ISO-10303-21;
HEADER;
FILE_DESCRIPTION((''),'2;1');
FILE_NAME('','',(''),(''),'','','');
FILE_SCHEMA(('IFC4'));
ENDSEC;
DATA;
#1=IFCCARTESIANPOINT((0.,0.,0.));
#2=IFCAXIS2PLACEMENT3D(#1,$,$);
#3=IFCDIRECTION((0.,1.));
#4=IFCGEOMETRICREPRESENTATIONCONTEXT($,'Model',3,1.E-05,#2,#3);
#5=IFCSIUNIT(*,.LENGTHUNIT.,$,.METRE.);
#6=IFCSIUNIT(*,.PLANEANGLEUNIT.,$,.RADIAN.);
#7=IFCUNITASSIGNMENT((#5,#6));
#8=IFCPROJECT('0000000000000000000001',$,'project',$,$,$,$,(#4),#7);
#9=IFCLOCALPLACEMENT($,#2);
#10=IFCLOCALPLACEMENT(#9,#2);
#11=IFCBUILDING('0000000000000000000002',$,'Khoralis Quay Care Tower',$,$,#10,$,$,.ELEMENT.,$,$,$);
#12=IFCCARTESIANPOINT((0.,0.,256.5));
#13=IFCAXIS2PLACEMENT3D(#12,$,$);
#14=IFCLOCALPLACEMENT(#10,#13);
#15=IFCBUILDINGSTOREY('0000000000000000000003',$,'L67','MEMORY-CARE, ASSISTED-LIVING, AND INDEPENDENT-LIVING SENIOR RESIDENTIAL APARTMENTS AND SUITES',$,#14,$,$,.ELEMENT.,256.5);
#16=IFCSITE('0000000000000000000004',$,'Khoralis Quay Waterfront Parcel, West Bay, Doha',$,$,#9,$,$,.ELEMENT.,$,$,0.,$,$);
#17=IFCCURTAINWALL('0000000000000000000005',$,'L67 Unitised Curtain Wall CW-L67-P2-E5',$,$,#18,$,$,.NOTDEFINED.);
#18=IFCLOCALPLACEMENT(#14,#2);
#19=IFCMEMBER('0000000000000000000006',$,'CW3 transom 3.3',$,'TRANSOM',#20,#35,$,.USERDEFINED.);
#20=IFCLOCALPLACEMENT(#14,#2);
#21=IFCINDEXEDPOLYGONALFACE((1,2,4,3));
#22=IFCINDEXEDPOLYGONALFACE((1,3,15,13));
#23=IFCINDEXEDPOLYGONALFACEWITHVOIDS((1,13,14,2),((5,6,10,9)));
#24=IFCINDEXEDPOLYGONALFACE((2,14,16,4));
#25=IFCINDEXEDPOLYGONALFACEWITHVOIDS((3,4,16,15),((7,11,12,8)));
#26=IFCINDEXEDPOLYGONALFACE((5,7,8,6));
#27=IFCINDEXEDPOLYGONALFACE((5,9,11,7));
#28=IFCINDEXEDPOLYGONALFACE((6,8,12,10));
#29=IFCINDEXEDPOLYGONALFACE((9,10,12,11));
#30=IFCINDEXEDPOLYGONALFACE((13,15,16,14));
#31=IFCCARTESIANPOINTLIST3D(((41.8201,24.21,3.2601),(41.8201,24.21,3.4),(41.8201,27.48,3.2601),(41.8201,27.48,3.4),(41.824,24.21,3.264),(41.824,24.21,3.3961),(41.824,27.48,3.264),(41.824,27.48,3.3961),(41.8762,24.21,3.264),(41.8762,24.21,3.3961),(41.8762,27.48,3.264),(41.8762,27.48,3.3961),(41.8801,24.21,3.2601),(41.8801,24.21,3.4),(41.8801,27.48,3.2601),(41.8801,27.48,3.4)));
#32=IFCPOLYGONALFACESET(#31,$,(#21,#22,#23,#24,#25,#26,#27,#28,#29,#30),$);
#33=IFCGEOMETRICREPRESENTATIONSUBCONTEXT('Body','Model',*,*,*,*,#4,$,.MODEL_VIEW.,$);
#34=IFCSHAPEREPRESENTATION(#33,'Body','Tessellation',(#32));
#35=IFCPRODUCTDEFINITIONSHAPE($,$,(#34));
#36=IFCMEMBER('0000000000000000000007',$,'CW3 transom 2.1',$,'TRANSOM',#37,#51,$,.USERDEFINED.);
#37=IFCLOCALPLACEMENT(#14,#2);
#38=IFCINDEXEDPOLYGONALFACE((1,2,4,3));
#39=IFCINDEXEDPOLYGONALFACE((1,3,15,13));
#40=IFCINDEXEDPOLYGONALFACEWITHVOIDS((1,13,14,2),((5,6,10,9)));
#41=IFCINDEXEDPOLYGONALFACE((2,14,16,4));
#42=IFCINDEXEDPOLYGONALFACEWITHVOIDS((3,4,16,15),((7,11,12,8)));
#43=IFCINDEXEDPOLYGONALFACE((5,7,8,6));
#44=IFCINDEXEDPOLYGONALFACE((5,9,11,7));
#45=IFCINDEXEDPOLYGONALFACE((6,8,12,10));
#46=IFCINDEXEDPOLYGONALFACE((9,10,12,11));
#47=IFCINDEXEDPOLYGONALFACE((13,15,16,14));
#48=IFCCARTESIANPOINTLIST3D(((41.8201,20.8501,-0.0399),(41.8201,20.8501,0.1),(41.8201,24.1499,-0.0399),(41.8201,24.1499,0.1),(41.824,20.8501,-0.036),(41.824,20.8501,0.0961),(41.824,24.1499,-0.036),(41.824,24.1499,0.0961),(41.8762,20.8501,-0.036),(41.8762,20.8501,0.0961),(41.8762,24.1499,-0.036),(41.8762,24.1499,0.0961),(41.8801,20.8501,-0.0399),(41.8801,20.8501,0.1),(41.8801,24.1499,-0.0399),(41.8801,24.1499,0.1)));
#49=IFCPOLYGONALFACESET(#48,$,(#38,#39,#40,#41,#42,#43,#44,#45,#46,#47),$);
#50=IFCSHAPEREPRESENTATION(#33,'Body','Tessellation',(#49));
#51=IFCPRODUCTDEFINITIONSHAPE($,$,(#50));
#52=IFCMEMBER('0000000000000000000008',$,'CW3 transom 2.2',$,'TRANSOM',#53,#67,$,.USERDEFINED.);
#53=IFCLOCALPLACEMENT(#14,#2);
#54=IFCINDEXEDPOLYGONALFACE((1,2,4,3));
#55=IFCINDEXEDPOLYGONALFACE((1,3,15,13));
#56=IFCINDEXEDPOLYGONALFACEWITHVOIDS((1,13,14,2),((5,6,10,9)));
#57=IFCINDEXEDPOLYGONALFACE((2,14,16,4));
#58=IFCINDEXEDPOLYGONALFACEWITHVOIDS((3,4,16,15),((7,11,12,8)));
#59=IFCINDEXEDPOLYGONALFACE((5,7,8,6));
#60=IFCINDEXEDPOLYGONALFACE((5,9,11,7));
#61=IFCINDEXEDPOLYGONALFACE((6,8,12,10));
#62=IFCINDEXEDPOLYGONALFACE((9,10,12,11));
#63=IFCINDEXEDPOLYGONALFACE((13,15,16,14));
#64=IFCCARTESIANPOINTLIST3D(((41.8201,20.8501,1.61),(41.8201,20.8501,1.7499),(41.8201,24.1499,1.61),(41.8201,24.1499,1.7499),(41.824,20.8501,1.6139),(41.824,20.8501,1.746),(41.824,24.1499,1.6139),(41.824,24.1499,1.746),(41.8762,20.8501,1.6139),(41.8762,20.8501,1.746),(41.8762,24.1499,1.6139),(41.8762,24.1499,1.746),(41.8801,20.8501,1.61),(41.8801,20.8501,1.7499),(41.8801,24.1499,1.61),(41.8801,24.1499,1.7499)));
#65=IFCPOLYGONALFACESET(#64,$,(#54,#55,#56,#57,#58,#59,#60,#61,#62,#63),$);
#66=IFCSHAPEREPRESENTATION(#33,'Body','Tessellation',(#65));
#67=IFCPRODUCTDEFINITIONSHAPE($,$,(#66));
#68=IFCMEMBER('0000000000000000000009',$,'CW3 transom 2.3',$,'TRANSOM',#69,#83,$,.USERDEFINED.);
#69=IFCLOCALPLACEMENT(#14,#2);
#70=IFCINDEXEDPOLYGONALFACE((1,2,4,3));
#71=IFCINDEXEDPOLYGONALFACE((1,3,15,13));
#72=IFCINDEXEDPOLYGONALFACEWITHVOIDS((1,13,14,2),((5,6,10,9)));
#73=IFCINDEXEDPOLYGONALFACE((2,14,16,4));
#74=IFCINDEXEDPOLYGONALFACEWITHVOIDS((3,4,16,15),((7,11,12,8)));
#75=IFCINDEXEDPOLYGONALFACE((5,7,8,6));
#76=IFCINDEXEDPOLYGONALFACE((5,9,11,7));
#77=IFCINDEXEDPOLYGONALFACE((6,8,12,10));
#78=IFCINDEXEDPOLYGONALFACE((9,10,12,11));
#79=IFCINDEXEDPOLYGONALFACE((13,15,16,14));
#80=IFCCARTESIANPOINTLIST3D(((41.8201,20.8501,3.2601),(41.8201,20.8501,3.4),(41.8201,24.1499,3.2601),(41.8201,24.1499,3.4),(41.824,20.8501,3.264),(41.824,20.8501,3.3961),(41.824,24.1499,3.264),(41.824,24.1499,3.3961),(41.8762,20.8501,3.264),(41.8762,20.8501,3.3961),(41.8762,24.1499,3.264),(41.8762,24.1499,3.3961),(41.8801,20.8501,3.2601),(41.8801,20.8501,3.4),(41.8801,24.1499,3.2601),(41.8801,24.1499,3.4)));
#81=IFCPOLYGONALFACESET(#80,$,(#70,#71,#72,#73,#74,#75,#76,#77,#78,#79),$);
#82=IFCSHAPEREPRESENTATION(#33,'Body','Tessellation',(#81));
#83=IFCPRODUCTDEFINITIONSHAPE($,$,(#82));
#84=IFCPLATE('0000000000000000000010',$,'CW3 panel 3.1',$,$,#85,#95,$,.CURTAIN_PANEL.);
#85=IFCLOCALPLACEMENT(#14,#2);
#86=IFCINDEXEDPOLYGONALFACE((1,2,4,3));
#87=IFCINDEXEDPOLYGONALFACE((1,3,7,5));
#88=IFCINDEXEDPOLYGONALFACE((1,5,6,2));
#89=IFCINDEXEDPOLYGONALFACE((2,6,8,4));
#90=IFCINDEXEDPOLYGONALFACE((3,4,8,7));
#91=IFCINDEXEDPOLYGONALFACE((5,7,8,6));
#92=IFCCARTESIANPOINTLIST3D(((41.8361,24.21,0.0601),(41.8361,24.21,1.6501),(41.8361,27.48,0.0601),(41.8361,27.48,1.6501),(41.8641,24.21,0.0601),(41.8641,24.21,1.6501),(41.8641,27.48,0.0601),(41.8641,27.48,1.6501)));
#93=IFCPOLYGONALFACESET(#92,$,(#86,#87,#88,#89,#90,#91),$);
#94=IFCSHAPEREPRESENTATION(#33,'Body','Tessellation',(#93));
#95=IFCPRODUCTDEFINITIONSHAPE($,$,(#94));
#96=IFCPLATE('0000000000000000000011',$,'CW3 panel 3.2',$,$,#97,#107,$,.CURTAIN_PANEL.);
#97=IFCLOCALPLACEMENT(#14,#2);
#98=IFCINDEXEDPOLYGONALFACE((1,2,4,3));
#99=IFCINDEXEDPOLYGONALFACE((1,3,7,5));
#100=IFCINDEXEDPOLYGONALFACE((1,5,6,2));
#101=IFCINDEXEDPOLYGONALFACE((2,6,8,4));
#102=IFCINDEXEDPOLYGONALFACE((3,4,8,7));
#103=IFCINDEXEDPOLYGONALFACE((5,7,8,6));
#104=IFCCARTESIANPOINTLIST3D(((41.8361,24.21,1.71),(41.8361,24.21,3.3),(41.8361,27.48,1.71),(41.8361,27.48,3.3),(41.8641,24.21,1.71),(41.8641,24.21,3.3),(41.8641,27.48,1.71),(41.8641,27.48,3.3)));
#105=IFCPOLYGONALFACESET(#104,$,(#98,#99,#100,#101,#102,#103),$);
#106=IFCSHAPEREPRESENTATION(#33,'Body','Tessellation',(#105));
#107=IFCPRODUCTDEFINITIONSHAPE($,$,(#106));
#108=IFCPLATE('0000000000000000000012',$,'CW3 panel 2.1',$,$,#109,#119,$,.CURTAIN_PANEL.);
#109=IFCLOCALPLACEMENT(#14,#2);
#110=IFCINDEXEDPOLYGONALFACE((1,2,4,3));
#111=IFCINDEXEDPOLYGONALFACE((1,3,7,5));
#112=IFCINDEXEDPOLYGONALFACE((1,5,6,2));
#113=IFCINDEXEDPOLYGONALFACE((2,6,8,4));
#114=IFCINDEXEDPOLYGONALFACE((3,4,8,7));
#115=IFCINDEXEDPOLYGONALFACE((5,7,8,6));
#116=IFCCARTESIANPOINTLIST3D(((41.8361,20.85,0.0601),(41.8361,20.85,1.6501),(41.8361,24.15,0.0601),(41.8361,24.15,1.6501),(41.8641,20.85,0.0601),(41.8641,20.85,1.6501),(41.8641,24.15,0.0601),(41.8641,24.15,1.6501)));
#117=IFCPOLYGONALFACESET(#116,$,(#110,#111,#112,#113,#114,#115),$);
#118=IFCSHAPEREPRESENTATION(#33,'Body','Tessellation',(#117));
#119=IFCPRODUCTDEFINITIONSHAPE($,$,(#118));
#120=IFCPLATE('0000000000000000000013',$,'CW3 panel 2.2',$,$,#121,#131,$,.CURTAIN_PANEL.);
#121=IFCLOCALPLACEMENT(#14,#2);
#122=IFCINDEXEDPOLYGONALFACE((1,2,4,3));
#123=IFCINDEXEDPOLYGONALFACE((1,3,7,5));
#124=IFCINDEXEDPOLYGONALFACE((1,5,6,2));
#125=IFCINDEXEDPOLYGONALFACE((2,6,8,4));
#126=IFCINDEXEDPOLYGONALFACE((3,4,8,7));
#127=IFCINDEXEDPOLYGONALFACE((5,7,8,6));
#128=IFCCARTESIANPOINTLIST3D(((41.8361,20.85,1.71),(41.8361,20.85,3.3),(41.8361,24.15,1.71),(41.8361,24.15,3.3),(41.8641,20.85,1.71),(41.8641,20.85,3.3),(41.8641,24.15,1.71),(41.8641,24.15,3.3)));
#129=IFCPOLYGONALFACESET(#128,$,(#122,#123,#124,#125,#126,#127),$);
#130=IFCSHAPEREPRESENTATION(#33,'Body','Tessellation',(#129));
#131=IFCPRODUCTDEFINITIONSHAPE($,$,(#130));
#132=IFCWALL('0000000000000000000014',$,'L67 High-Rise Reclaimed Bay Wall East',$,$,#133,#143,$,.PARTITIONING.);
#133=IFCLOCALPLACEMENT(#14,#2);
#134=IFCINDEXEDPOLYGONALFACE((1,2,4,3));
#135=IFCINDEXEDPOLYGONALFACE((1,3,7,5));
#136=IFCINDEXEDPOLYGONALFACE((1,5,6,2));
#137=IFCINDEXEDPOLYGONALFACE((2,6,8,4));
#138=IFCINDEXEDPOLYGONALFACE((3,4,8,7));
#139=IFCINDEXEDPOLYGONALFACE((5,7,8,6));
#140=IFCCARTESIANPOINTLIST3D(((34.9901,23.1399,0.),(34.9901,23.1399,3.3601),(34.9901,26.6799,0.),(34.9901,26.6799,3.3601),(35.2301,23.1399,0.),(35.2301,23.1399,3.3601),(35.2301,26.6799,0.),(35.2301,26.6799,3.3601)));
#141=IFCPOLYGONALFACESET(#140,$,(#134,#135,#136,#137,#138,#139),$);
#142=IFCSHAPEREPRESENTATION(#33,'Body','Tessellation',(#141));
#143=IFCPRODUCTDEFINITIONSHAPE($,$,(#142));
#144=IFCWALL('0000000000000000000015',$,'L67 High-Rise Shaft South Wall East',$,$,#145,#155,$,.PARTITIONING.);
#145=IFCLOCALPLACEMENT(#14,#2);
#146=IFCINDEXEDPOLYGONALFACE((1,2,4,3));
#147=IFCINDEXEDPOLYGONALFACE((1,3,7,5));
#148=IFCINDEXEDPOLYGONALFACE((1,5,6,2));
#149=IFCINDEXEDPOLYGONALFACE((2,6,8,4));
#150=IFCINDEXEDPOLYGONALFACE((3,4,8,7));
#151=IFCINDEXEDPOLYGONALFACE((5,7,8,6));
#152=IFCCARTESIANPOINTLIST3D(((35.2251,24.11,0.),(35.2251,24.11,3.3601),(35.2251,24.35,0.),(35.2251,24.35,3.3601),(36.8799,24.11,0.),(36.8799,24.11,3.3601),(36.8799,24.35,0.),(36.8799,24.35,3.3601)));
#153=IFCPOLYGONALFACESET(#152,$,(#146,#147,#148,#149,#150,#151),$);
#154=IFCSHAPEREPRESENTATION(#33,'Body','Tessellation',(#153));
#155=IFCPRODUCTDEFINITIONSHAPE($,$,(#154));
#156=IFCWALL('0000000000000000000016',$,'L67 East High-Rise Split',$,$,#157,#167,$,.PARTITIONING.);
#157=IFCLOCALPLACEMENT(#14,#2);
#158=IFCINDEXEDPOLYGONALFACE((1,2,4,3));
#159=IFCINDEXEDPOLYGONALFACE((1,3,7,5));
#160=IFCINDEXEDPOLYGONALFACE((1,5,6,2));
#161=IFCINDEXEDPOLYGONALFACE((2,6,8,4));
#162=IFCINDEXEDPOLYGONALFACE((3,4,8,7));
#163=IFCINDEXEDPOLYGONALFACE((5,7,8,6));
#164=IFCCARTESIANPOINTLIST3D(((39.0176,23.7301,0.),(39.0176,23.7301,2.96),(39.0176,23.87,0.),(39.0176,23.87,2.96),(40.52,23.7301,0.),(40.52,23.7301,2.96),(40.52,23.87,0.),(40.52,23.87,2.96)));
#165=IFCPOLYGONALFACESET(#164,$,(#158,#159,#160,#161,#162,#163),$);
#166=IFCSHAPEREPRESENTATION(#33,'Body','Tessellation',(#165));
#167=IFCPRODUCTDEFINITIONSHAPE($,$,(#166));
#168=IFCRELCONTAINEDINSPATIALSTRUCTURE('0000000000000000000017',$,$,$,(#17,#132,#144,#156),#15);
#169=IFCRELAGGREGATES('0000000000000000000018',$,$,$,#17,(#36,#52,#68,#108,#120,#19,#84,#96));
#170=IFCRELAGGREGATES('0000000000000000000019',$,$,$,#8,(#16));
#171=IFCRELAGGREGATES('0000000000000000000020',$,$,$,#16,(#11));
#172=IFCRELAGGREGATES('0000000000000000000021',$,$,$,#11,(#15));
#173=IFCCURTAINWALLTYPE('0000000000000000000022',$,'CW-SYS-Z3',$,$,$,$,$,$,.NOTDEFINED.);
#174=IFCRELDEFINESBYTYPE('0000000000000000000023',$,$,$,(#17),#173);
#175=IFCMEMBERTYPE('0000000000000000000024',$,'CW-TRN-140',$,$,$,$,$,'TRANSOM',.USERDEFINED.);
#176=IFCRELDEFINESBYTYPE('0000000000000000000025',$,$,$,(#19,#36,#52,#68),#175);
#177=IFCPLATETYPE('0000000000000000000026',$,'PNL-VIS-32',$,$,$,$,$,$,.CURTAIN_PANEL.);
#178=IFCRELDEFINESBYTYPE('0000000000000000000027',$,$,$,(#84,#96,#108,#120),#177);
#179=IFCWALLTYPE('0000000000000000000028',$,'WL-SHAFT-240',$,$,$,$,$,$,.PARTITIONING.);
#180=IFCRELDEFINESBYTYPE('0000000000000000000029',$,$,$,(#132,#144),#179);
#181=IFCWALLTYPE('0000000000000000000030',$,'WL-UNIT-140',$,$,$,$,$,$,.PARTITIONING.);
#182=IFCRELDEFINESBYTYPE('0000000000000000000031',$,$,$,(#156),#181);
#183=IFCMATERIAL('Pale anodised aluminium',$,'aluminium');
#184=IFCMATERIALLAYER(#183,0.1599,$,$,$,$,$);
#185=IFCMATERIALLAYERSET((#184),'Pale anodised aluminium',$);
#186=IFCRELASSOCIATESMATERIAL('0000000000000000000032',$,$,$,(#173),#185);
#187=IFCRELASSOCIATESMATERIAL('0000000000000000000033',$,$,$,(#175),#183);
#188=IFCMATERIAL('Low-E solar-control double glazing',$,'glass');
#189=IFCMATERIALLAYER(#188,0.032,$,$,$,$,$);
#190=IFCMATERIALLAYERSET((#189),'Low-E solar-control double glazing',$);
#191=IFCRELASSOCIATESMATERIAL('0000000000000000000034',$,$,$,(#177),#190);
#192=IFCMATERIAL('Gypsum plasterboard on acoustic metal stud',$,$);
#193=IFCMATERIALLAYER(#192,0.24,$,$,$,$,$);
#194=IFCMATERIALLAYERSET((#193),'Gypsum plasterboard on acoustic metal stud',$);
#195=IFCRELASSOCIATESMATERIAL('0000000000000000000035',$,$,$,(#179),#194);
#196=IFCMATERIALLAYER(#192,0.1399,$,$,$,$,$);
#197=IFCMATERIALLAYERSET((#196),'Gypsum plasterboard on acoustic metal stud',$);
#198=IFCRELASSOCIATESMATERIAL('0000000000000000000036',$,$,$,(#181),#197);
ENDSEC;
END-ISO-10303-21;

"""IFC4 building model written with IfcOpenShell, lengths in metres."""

from ifc_helpers import new_model, si_unit, direction, frame, frame_2d, origin, origin_2d, place, context, subcontext, project, spatial, rectangle, hollow_rectangle, extrude, source, transform, mapped, material, layer, layer_set, material_profile, profile_set, type_object, element, aggregate, save


model = new_model("IFC4")

# Units and contexts
model_context = context("Model", 3, precision=1e-05, world=origin(), true_north=direction((0.0, 1.0)))
body_context = subcontext(model_context, "Body", "Model", "MODEL_VIEW")
ifc_project = project(units=[si_unit("LENGTHUNIT", "METRE"), si_unit("PLANEANGLEUNIT", "RADIAN")], contexts=[model_context])

# Site, building, storey
site_placement = place(None, origin())
site = spatial("IfcSite", under=ifc_project, at=site_placement, Name="Khoralis Quay Waterfront Parcel, West Bay, Doha", CompositionType="ELEMENT", RefElevation=0.0)
building_placement = place(site_placement, origin())
building = spatial("IfcBuilding", under=site, at=building_placement, Name="Khoralis Quay Care Tower", CompositionType="ELEMENT")
storey_placement = place(building_placement, frame((0.0, 0.0, 256.5)))
storey = spatial("IfcBuildingStorey", under=building, at=storey_placement, Name="L67", Description="MEMORY-CARE, ASSISTED-LIVING, AND INDEPENDENT-LIVING SENIOR RESIDENTIAL APARTMENTS AND SUITES", CompositionType="ELEMENT", Elevation=256.5)

# Curtain wall, members, plates
ifc_material_1 = material(Name="Pale anodised aluminium", Category="aluminium")
ifc_layer_1 = layer(ifc_material_1, 0.1599)
ifc_layer_set_1 = layer_set([ifc_layer_1], Name="Pale anodised aluminium")
curtain_wall_type = type_object("IfcCurtainWallType", Name="CW-SYS-Z3", PredefinedType="NOTDEFINED", material=ifc_layer_set_1)
curtain_wall_placement = place(storey_placement, origin())
curtain_wall = element("IfcCurtainWall", 1, at=curtain_wall_placement, inside=storey, type_object=curtain_wall_type, Name="L67 Unitised Curtain Wall CW-L67-P2-E5", PredefinedType="NOTDEFINED")
ifc_material_profile_1 = material_profile(ifc_material_1, hollow_rectangle(XDim=0.0601, YDim=0.1399, WallThickness=0.0039, at=origin_2d()), Name="Pale anodised aluminium")
ifc_profile_set_1 = profile_set([ifc_material_profile_1], Name="Pale anodised aluminium")
member_type_1 = type_object("IfcMemberType", Name="CW-TRN-140", ElementType="TRANSOM", PredefinedType="USERDEFINED", material=ifc_profile_set_1)
shared_shape_1 = source(origin(), body_context, "Body", "SweptSolid", [
    extrude(hollow_rectangle(XDim=0.0601, YDim=0.1399, WallThickness=0.0039, at=origin_2d()), origin(), (0.0, 0.0, 1.0), 3.27),
])
member_1_placement = place(storey_placement, frame((41.8501, 24.21, 3.3301), z_axis=(0.0, 1.0, 0.0), x_axis=(-1.0, 0.0, 0.0)))
member_1 = element("IfcMember", 2, at=member_1_placement, type_object=member_type_1, Name="CW3 transom 3.3", ObjectType="TRANSOM", PredefinedType="USERDEFINED", context=body_context, shape_type="MappedRepresentation", body=[
    mapped(shared_shape_1, transform((0.0, 0.0, 0.0), scale=1.0)),
])
shared_shape_2 = source(origin(), body_context, "Body", "SweptSolid", [
    extrude(hollow_rectangle(XDim=0.0601, YDim=0.1399, WallThickness=0.0039, at=origin_2d()), origin(), (0.0, 0.0, 1.0), 3.2998),
])
member_2_placement = place(storey_placement, frame((41.8501, 20.8501, 0.03), z_axis=(0.0, 1.0, 0.0), x_axis=(-1.0, 0.0, 0.0)))
member_2 = element("IfcMember", 3, at=member_2_placement, type_object=member_type_1, Name="CW3 transom 2.1", ObjectType="TRANSOM", PredefinedType="USERDEFINED", context=body_context, shape_type="MappedRepresentation", body=[
    mapped(shared_shape_2, transform((0.0, 0.0, 0.0), scale=1.0)),
])
member_3_placement = place(storey_placement, frame((41.8501, 20.8501, 1.6799), z_axis=(0.0, 1.0, 0.0), x_axis=(-1.0, 0.0, 0.0)))
member_3 = element("IfcMember", 4, at=member_3_placement, type_object=member_type_1, Name="CW3 transom 2.2", ObjectType="TRANSOM", PredefinedType="USERDEFINED", context=body_context, shape_type="MappedRepresentation", body=[
    mapped(shared_shape_2, transform((0.0, 0.0, 0.0), scale=1.0)),
])
member_4_placement = place(storey_placement, frame((41.8501, 20.8501, 3.3301), z_axis=(0.0, 1.0, 0.0), x_axis=(-1.0, 0.0, 0.0)))
member_4 = element("IfcMember", 5, at=member_4_placement, type_object=member_type_1, Name="CW3 transom 2.3", ObjectType="TRANSOM", PredefinedType="USERDEFINED", context=body_context, shape_type="MappedRepresentation", body=[
    mapped(shared_shape_2, transform((0.0, 0.0, 0.0), scale=1.0)),
])
ifc_material_2 = material(Name="Low-E solar-control double glazing", Category="glass")
ifc_layer_2 = layer(ifc_material_2, 0.032)
ifc_layer_set_2 = layer_set([ifc_layer_2], Name="Low-E solar-control double glazing")
plate_type = type_object("IfcPlateType", Name="PNL-VIS-32", PredefinedType="CURTAIN_PANEL", material=ifc_layer_set_2)
shared_shape_3 = source(origin(), body_context, "Body", "SweptSolid", [
    extrude(rectangle(XDim=3.27, YDim=0.0281, at=origin_2d()), origin(), (0.0, 0.0, 1.0), 1.5901),
])
plate_1_placement = place(storey_placement, frame((41.8501, 25.845, 0.0601), z_axis=(0.0, 0.0, 1.0), x_axis=(0.0, 1.0, 0.0)))
plate_1 = element("IfcPlate", 6, at=plate_1_placement, type_object=plate_type, Name="CW3 panel 3.1", PredefinedType="CURTAIN_PANEL", context=body_context, shape_type="MappedRepresentation", body=[
    mapped(shared_shape_3, transform((0.0, 0.0, 0.0), scale=1.0)),
])
plate_2_placement = place(storey_placement, frame((41.8501, 25.845, 1.71), z_axis=(0.0, 0.0, 1.0), x_axis=(0.0, 1.0, 0.0)))
plate_2 = element("IfcPlate", 7, at=plate_2_placement, type_object=plate_type, Name="CW3 panel 3.2", PredefinedType="CURTAIN_PANEL", context=body_context, shape_type="MappedRepresentation", body=[
    mapped(shared_shape_3, transform((0.0, 0.0, 0.0), scale=1.0)),
])
shared_shape_4 = source(origin(), body_context, "Body", "SweptSolid", [
    extrude(rectangle(XDim=3.3, YDim=0.0281, at=origin_2d()), origin(), (0.0, 0.0, 1.0), 1.5901),
])
plate_3_placement = place(storey_placement, frame((41.8501, 22.5, 0.0601), z_axis=(0.0, 0.0, 1.0), x_axis=(0.0, 1.0, 0.0)))
plate_3 = element("IfcPlate", 8, at=plate_3_placement, type_object=plate_type, Name="CW3 panel 2.1", PredefinedType="CURTAIN_PANEL", context=body_context, shape_type="MappedRepresentation", body=[
    mapped(shared_shape_4, transform((0.0, 0.0, 0.0), scale=1.0)),
])
plate_4_placement = place(storey_placement, frame((41.8501, 22.5, 1.71), z_axis=(0.0, 0.0, 1.0), x_axis=(0.0, 1.0, 0.0)))
plate_4 = element("IfcPlate", 9, at=plate_4_placement, type_object=plate_type, Name="CW3 panel 2.2", PredefinedType="CURTAIN_PANEL", context=body_context, shape_type="MappedRepresentation", body=[
    mapped(shared_shape_4, transform((0.0, 0.0, 0.0), scale=1.0)),
])
aggregate(curtain_wall, [member_2, member_3, member_4, plate_3, plate_4, member_1, plate_1, plate_2])

# Walls
ifc_material_3 = material(Name="Gypsum plasterboard on acoustic metal stud")
ifc_layer_3 = layer(ifc_material_3, 0.24)
ifc_layer_set_3 = layer_set([ifc_layer_3], Name="Gypsum plasterboard on acoustic metal stud")
wall_type_1 = type_object("IfcWallType", Name="WL-SHAFT-240", PredefinedType="PARTITIONING", material=ifc_layer_set_3)
wall_1_placement = place(storey_placement, frame((35.1101, 23.1399, 0.0), z_axis=(0.0, 0.0, 1.0), x_axis=(0.0, 1.0, 0.0)))
element("IfcWall", 10, at=wall_1_placement, inside=storey, type_object=wall_type_1, Name="L67 High-Rise Reclaimed Bay Wall East", PredefinedType="PARTITIONING", context=body_context, shape_type="SweptSolid", body=[
    extrude(rectangle(XDim=3.54, YDim=0.24, at=frame_2d((1.77, 0.0))), origin(), (0.0, 0.0, 1.0), 3.3601),
])
wall_2_placement = place(storey_placement, frame((35.2251, 24.23, 0.0), z_axis=(0.0, 0.0, 1.0), x_axis=(1.0, 0.0, 0.0)))
element("IfcWall", 11, at=wall_2_placement, inside=storey, type_object=wall_type_1, Name="L67 High-Rise Shaft South Wall East", PredefinedType="PARTITIONING", context=body_context, shape_type="SweptSolid", body=[
    extrude(rectangle(XDim=1.6548, YDim=0.24, at=frame_2d((0.8274, 0.0))), origin(), (0.0, 0.0, 1.0), 3.3601),
])
ifc_layer_4 = layer(ifc_material_3, 0.1399)
ifc_layer_set_4 = layer_set([ifc_layer_4], Name="Gypsum plasterboard on acoustic metal stud")
wall_type_2 = type_object("IfcWallType", Name="WL-UNIT-140", PredefinedType="PARTITIONING", material=ifc_layer_set_4)
wall_3_placement = place(storey_placement, frame((39.0176, 23.8, 0.0), z_axis=(0.0, 0.0, 1.0), x_axis=(1.0, 0.0, 0.0)))
element("IfcWall", 12, at=wall_3_placement, inside=storey, type_object=wall_type_2, Name="L67 East High-Rise Split", PredefinedType="PARTITIONING", context=body_context, shape_type="SweptSolid", body=[
    extrude(rectangle(XDim=1.5024, YDim=0.1399, at=frame_2d((0.7512, 0.0))), origin(), (0.0, 0.0, 1.0), 2.96),
])

save(model, "model.ifc")
